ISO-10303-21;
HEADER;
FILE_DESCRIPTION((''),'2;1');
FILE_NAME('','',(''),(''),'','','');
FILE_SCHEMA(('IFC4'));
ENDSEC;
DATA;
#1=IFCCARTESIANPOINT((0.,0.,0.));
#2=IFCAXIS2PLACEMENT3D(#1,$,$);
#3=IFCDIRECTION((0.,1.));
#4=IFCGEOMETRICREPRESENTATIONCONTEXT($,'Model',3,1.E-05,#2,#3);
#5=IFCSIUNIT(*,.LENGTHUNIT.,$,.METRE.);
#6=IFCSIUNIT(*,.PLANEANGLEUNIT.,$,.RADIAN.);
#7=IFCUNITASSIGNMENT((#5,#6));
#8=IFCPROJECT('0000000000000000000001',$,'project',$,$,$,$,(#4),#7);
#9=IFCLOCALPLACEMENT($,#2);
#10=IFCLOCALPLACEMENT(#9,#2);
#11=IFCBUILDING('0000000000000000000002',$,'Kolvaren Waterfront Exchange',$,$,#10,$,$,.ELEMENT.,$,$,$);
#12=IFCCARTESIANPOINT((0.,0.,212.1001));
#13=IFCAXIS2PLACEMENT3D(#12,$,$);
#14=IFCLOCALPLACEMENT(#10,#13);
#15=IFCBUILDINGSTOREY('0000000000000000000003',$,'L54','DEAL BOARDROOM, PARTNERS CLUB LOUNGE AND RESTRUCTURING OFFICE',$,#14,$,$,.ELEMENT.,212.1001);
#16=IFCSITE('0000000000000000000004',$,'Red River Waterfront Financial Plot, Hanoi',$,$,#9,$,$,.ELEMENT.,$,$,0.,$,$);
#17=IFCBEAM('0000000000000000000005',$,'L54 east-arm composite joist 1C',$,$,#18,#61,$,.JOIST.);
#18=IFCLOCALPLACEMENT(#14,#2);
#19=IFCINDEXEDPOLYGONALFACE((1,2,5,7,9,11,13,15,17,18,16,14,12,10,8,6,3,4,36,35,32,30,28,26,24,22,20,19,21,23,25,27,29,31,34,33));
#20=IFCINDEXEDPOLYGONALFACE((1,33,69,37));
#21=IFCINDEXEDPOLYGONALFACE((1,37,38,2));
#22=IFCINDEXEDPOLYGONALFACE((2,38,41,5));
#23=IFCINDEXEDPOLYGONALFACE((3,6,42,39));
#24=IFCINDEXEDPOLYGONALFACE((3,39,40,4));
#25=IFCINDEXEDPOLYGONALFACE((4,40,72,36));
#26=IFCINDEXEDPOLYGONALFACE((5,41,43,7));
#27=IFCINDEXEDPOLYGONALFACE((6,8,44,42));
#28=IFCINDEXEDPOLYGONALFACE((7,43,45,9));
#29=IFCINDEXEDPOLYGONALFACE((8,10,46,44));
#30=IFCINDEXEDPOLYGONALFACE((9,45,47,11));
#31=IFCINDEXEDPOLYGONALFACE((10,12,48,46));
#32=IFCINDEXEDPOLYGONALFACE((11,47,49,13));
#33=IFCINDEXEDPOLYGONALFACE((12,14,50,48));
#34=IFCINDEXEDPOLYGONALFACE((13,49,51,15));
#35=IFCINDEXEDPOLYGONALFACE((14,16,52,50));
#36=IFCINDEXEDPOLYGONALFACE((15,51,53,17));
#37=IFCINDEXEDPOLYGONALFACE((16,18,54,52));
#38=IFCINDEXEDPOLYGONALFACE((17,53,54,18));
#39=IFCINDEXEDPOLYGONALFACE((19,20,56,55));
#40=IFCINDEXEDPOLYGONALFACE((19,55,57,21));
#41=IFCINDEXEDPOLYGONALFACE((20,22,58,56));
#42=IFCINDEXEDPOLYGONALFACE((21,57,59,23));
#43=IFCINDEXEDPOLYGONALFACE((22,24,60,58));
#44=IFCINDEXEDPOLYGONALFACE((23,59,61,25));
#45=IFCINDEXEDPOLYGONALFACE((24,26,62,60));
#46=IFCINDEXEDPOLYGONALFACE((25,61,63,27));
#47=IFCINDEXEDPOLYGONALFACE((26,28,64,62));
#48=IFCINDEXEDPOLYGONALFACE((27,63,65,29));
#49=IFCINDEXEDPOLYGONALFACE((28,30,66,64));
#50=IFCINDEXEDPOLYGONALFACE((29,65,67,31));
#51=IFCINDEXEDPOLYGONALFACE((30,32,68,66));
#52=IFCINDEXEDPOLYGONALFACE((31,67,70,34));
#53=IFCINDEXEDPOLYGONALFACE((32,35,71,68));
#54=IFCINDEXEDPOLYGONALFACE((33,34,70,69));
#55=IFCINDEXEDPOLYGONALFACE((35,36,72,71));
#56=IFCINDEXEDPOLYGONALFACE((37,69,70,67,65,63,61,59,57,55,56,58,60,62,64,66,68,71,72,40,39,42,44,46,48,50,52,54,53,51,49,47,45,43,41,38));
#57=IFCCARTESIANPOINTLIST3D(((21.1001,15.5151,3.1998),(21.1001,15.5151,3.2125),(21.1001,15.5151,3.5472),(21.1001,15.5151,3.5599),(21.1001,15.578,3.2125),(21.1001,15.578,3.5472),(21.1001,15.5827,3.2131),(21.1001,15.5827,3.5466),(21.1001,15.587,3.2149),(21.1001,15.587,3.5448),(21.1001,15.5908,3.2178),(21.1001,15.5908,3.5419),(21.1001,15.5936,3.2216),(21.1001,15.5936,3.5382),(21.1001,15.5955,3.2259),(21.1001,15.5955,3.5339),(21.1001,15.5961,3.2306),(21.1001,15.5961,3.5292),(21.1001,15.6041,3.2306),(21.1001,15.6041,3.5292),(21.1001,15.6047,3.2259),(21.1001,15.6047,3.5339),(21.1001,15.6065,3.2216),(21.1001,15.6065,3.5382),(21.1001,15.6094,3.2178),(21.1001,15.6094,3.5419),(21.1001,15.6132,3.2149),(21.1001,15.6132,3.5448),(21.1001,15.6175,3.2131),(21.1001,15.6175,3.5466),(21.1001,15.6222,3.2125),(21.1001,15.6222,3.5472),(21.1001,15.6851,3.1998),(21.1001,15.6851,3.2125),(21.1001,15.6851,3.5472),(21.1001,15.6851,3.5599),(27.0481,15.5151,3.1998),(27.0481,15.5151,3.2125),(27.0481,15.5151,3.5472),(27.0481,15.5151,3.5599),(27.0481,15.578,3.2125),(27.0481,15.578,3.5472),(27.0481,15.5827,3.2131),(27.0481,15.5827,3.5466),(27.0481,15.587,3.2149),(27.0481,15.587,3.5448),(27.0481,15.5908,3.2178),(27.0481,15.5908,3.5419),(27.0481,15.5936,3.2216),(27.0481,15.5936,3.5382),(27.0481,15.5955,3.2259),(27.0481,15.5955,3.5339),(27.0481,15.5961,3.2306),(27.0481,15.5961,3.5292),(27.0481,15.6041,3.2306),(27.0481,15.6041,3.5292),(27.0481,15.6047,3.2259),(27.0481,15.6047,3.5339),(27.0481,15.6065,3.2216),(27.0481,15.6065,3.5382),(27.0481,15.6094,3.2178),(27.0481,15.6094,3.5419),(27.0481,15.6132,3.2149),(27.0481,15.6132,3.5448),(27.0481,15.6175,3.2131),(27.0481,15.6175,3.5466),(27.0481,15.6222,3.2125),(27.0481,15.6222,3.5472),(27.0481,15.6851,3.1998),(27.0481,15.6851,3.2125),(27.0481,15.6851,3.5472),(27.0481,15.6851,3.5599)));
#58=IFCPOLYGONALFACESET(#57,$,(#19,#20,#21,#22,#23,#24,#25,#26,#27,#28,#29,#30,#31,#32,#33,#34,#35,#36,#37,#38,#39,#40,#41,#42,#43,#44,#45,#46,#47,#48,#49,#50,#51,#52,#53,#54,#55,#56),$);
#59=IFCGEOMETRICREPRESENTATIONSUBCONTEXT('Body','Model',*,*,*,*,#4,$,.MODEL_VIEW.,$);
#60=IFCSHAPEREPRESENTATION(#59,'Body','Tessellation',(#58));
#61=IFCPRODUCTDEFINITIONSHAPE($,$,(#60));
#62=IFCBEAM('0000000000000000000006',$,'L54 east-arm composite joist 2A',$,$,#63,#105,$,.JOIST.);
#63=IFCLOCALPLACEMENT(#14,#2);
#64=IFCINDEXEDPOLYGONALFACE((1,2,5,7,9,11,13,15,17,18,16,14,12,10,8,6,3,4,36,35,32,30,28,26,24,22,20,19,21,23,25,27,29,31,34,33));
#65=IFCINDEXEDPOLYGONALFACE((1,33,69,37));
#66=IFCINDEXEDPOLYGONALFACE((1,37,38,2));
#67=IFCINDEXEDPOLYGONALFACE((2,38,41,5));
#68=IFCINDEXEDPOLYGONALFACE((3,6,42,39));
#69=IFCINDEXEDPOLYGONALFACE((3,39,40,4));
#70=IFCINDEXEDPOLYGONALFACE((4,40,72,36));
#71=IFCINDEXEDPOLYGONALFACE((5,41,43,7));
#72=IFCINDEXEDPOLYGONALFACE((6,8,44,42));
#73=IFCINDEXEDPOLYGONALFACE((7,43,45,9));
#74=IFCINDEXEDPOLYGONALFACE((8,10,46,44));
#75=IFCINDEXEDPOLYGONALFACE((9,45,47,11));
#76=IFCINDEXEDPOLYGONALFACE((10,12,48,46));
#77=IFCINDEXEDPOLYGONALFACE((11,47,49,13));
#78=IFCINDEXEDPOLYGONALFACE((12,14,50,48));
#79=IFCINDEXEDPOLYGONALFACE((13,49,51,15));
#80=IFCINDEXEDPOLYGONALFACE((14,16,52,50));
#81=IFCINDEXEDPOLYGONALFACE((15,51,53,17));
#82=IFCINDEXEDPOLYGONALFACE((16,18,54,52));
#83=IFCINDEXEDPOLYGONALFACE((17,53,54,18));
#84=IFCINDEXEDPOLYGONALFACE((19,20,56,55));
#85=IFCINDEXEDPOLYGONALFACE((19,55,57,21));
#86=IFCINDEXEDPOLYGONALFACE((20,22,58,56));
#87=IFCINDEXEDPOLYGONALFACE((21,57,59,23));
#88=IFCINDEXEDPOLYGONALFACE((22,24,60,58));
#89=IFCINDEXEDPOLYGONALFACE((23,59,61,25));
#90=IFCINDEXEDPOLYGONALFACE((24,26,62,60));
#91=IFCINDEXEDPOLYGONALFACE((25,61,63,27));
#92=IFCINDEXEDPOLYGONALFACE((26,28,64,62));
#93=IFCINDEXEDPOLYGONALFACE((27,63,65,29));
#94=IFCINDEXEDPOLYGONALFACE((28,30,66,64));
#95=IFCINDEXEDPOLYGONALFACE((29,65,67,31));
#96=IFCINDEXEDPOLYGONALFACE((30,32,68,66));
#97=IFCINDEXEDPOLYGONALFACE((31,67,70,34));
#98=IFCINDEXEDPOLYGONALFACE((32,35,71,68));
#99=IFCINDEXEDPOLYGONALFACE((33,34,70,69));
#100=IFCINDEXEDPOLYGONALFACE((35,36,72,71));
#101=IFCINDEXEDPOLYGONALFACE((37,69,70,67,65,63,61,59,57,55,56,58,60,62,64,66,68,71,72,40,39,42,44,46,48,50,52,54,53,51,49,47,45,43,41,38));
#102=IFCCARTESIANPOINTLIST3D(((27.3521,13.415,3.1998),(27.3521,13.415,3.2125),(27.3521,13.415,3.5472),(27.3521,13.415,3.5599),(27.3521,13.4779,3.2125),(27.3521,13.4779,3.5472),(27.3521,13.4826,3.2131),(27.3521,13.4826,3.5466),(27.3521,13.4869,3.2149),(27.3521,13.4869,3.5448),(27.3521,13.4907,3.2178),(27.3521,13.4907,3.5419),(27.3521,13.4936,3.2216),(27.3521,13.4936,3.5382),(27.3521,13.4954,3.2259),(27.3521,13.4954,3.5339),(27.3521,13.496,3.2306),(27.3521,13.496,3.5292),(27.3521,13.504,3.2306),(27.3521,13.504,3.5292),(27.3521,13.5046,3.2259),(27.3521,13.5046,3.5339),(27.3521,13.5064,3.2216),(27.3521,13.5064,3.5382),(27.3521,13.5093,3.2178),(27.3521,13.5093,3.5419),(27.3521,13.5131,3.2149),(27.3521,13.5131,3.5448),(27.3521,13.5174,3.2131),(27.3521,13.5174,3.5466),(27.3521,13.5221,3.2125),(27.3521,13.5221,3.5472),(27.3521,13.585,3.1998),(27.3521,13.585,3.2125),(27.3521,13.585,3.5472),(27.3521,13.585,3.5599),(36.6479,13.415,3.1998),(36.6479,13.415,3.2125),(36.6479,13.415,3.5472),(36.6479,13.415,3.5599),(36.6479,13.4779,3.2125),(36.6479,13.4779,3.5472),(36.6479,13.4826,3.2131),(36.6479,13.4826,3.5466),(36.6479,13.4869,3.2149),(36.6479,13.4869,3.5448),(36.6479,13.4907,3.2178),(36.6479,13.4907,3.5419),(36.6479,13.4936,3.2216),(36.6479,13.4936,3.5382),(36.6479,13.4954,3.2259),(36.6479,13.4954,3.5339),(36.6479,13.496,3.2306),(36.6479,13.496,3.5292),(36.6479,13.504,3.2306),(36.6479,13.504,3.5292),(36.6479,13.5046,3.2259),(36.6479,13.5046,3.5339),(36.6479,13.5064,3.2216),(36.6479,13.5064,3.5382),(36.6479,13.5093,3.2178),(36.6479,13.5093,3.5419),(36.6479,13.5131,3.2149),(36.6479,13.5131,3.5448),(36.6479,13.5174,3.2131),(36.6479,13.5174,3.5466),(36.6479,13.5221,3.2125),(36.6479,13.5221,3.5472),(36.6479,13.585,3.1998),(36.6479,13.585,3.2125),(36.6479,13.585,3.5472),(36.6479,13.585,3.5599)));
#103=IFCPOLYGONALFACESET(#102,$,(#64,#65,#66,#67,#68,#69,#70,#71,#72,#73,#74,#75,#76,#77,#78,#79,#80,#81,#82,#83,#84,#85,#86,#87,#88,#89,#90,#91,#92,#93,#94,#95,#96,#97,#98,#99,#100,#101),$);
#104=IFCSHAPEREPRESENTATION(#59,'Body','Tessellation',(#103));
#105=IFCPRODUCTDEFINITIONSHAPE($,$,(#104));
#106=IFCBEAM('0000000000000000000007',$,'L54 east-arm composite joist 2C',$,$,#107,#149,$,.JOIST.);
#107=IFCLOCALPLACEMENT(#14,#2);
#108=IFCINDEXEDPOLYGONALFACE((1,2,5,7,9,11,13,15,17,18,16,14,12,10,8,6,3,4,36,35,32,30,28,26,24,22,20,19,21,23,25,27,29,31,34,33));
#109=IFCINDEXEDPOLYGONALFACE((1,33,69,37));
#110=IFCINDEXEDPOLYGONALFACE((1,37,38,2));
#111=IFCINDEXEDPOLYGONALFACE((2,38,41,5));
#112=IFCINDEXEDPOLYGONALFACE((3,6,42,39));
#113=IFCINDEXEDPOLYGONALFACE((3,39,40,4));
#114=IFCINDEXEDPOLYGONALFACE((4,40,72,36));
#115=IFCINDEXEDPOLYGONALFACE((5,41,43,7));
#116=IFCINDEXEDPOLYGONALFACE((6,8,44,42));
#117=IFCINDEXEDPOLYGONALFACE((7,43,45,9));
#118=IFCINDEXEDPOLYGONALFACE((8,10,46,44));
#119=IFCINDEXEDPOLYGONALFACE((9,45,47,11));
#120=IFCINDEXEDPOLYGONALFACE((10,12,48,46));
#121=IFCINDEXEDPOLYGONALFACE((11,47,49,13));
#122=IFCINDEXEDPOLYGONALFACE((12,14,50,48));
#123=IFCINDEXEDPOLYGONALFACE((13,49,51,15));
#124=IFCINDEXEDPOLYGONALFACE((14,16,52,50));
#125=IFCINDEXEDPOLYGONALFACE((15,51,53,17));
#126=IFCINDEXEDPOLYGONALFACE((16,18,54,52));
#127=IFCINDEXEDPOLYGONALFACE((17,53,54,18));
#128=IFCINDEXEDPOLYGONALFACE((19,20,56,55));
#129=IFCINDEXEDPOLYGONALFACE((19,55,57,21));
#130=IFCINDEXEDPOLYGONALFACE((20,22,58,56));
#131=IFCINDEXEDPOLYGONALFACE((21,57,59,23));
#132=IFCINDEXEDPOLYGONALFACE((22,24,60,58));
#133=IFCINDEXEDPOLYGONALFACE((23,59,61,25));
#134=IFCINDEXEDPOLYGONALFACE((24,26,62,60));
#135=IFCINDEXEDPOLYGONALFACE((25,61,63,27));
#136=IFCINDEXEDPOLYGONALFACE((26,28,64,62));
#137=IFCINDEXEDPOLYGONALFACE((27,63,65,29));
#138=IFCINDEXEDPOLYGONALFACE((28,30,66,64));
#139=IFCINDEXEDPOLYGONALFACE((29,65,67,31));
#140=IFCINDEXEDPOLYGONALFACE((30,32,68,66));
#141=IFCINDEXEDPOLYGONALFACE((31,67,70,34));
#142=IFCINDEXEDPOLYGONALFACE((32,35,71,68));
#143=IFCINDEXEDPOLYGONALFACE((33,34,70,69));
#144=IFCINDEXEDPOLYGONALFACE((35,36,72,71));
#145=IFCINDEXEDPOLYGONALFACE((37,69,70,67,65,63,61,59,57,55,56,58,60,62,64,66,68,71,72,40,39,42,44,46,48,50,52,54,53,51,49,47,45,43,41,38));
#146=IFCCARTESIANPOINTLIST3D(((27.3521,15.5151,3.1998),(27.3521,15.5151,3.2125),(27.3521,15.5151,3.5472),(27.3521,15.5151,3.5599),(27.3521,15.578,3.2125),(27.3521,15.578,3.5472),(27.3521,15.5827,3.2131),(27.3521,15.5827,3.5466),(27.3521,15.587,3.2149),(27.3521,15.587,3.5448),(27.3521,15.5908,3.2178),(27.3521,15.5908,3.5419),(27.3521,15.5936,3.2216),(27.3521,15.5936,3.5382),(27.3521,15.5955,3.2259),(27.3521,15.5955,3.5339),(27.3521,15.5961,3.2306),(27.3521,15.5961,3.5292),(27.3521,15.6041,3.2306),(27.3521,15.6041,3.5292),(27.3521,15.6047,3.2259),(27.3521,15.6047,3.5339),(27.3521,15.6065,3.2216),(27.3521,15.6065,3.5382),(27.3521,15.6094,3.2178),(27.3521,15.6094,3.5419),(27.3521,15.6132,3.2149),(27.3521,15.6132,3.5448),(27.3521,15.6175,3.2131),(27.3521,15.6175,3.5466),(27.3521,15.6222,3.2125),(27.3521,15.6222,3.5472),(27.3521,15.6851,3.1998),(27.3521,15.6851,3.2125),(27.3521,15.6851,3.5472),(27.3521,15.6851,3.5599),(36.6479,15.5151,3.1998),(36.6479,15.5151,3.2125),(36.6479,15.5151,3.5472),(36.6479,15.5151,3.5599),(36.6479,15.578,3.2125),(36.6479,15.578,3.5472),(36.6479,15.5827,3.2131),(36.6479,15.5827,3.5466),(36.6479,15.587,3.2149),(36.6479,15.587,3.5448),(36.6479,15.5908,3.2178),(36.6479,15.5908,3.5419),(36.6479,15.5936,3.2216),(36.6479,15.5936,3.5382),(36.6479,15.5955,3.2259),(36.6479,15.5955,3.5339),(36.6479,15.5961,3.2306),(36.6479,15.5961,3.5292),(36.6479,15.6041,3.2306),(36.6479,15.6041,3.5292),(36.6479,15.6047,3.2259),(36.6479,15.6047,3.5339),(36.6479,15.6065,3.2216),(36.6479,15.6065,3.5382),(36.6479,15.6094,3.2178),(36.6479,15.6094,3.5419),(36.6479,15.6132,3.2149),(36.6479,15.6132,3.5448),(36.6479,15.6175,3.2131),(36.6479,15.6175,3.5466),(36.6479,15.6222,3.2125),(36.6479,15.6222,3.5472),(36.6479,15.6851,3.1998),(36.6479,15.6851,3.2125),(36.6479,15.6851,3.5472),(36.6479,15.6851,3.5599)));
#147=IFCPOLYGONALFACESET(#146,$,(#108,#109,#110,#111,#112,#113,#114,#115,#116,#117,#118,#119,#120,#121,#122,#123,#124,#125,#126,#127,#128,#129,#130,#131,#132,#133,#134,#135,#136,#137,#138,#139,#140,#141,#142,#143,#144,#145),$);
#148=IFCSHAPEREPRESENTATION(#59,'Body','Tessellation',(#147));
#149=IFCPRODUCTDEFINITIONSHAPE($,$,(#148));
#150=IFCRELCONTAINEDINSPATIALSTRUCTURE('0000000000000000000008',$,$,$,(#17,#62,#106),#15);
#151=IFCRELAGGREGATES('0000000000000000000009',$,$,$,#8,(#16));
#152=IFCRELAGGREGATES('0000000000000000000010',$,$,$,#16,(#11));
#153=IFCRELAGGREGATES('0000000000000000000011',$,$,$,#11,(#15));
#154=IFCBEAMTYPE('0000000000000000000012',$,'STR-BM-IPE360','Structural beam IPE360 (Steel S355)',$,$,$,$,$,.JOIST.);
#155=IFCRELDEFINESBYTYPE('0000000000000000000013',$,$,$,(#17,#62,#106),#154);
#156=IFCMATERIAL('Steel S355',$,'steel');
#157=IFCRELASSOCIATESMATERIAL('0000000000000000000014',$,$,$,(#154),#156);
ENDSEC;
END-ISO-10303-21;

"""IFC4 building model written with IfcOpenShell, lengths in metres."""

from ifc_helpers import new_model, si_unit, direction, frame, origin, origin_2d, place, context, subcontext, project, spatial, i_section, extrude, material, material_profile, profile_set, type_object, element, save


model = new_model("IFC4")

# Units and contexts
model_context = context("Model", 3, precision=1e-05, world=origin(), true_north=direction((0.0, 1.0)))
body_context = subcontext(model_context, "Body", "Model", "MODEL_VIEW")
ifc_project = project(units=[si_unit("LENGTHUNIT", "METRE"), si_unit("PLANEANGLEUNIT", "RADIAN")], contexts=[model_context])

# Site, building, storey
site_placement = place(None, origin())
site = spatial("IfcSite", under=ifc_project, at=site_placement, Name="Red River Waterfront Financial Plot, Hanoi", CompositionType="ELEMENT", RefElevation=0.0)
building_placement = place(site_placement, origin())
building = spatial("IfcBuilding", under=site, at=building_placement, Name="Kolvaren Waterfront Exchange", CompositionType="ELEMENT")
storey_placement = place(building_placement, frame((0.0, 0.0, 212.1001)))
storey = spatial("IfcBuildingStorey", under=building, at=storey_placement, Name="L54", Description="DEAL BOARDROOM, PARTNERS CLUB LOUNGE AND RESTRUCTURING OFFICE", CompositionType="ELEMENT", Elevation=212.1001)

# Beams
ifc_material_1 = material(Name="Steel S355", Category="steel")
ifc_material_profile_1 = material_profile(ifc_material_1, i_section(OverallWidth=0.1699, OverallDepth=0.3601, WebThickness=0.0081, FlangeThickness=0.0127, FilletRadius=0.0181, at=origin_2d()), Name="IPE360")
ifc_profile_set_1 = profile_set([ifc_material_profile_1], Name="Steel S355")
beam_type_1 = type_object("IfcBeamType", Name="STR-BM-IPE360", Description="Structural beam IPE360 (Steel S355)", PredefinedType="JOIST", material=ifc_profile_set_1)
for number, where, z_axis, x_axis, name in (
    (1, (21.1001, 15.6001, 3.3799), (1.0, 0.0, 0.0), (0.0, 1.0, 0.0), "L54 east-arm composite joist 1C"),
):
    element("IfcBeam", number, at=place(storey_placement, frame(where, z_axis=z_axis, x_axis=x_axis)), inside=storey, type_object=beam_type_1, Name=name, PredefinedType="JOIST", context=body_context, shape_type="SweptSolid", body=[
        extrude(i_section(OverallWidth=0.1699, OverallDepth=0.3601, WebThickness=0.0081, FlangeThickness=0.0127, FilletRadius=0.0181, at=origin_2d()), origin(), (0.0, 0.0, 1.0), 5.948),
    ])
for number, where, z_axis, x_axis, name in (
    (2, (27.3521, 13.5, 3.3799), (1.0, 0.0, 0.0), (0.0, 1.0, 0.0), "L54 east-arm composite joist 2A"),
    (3, (27.3521, 15.6001, 3.3799), (1.0, 0.0, 0.0), (0.0, 1.0, 0.0), "L54 east-arm composite joist 2C"),
):
    element("IfcBeam", number, at=place(storey_placement, frame(where, z_axis=z_axis, x_axis=x_axis)), inside=storey, type_object=beam_type_1, Name=name, PredefinedType="JOIST", context=body_context, shape_type="SweptSolid", body=[
        extrude(i_section(OverallWidth=0.1699, OverallDepth=0.3601, WebThickness=0.0081, FlangeThickness=0.0127, FilletRadius=0.0181, at=origin_2d()), origin(), (0.0, 0.0, 1.0), 9.2959),
    ])

save(model, "model.ifc")
